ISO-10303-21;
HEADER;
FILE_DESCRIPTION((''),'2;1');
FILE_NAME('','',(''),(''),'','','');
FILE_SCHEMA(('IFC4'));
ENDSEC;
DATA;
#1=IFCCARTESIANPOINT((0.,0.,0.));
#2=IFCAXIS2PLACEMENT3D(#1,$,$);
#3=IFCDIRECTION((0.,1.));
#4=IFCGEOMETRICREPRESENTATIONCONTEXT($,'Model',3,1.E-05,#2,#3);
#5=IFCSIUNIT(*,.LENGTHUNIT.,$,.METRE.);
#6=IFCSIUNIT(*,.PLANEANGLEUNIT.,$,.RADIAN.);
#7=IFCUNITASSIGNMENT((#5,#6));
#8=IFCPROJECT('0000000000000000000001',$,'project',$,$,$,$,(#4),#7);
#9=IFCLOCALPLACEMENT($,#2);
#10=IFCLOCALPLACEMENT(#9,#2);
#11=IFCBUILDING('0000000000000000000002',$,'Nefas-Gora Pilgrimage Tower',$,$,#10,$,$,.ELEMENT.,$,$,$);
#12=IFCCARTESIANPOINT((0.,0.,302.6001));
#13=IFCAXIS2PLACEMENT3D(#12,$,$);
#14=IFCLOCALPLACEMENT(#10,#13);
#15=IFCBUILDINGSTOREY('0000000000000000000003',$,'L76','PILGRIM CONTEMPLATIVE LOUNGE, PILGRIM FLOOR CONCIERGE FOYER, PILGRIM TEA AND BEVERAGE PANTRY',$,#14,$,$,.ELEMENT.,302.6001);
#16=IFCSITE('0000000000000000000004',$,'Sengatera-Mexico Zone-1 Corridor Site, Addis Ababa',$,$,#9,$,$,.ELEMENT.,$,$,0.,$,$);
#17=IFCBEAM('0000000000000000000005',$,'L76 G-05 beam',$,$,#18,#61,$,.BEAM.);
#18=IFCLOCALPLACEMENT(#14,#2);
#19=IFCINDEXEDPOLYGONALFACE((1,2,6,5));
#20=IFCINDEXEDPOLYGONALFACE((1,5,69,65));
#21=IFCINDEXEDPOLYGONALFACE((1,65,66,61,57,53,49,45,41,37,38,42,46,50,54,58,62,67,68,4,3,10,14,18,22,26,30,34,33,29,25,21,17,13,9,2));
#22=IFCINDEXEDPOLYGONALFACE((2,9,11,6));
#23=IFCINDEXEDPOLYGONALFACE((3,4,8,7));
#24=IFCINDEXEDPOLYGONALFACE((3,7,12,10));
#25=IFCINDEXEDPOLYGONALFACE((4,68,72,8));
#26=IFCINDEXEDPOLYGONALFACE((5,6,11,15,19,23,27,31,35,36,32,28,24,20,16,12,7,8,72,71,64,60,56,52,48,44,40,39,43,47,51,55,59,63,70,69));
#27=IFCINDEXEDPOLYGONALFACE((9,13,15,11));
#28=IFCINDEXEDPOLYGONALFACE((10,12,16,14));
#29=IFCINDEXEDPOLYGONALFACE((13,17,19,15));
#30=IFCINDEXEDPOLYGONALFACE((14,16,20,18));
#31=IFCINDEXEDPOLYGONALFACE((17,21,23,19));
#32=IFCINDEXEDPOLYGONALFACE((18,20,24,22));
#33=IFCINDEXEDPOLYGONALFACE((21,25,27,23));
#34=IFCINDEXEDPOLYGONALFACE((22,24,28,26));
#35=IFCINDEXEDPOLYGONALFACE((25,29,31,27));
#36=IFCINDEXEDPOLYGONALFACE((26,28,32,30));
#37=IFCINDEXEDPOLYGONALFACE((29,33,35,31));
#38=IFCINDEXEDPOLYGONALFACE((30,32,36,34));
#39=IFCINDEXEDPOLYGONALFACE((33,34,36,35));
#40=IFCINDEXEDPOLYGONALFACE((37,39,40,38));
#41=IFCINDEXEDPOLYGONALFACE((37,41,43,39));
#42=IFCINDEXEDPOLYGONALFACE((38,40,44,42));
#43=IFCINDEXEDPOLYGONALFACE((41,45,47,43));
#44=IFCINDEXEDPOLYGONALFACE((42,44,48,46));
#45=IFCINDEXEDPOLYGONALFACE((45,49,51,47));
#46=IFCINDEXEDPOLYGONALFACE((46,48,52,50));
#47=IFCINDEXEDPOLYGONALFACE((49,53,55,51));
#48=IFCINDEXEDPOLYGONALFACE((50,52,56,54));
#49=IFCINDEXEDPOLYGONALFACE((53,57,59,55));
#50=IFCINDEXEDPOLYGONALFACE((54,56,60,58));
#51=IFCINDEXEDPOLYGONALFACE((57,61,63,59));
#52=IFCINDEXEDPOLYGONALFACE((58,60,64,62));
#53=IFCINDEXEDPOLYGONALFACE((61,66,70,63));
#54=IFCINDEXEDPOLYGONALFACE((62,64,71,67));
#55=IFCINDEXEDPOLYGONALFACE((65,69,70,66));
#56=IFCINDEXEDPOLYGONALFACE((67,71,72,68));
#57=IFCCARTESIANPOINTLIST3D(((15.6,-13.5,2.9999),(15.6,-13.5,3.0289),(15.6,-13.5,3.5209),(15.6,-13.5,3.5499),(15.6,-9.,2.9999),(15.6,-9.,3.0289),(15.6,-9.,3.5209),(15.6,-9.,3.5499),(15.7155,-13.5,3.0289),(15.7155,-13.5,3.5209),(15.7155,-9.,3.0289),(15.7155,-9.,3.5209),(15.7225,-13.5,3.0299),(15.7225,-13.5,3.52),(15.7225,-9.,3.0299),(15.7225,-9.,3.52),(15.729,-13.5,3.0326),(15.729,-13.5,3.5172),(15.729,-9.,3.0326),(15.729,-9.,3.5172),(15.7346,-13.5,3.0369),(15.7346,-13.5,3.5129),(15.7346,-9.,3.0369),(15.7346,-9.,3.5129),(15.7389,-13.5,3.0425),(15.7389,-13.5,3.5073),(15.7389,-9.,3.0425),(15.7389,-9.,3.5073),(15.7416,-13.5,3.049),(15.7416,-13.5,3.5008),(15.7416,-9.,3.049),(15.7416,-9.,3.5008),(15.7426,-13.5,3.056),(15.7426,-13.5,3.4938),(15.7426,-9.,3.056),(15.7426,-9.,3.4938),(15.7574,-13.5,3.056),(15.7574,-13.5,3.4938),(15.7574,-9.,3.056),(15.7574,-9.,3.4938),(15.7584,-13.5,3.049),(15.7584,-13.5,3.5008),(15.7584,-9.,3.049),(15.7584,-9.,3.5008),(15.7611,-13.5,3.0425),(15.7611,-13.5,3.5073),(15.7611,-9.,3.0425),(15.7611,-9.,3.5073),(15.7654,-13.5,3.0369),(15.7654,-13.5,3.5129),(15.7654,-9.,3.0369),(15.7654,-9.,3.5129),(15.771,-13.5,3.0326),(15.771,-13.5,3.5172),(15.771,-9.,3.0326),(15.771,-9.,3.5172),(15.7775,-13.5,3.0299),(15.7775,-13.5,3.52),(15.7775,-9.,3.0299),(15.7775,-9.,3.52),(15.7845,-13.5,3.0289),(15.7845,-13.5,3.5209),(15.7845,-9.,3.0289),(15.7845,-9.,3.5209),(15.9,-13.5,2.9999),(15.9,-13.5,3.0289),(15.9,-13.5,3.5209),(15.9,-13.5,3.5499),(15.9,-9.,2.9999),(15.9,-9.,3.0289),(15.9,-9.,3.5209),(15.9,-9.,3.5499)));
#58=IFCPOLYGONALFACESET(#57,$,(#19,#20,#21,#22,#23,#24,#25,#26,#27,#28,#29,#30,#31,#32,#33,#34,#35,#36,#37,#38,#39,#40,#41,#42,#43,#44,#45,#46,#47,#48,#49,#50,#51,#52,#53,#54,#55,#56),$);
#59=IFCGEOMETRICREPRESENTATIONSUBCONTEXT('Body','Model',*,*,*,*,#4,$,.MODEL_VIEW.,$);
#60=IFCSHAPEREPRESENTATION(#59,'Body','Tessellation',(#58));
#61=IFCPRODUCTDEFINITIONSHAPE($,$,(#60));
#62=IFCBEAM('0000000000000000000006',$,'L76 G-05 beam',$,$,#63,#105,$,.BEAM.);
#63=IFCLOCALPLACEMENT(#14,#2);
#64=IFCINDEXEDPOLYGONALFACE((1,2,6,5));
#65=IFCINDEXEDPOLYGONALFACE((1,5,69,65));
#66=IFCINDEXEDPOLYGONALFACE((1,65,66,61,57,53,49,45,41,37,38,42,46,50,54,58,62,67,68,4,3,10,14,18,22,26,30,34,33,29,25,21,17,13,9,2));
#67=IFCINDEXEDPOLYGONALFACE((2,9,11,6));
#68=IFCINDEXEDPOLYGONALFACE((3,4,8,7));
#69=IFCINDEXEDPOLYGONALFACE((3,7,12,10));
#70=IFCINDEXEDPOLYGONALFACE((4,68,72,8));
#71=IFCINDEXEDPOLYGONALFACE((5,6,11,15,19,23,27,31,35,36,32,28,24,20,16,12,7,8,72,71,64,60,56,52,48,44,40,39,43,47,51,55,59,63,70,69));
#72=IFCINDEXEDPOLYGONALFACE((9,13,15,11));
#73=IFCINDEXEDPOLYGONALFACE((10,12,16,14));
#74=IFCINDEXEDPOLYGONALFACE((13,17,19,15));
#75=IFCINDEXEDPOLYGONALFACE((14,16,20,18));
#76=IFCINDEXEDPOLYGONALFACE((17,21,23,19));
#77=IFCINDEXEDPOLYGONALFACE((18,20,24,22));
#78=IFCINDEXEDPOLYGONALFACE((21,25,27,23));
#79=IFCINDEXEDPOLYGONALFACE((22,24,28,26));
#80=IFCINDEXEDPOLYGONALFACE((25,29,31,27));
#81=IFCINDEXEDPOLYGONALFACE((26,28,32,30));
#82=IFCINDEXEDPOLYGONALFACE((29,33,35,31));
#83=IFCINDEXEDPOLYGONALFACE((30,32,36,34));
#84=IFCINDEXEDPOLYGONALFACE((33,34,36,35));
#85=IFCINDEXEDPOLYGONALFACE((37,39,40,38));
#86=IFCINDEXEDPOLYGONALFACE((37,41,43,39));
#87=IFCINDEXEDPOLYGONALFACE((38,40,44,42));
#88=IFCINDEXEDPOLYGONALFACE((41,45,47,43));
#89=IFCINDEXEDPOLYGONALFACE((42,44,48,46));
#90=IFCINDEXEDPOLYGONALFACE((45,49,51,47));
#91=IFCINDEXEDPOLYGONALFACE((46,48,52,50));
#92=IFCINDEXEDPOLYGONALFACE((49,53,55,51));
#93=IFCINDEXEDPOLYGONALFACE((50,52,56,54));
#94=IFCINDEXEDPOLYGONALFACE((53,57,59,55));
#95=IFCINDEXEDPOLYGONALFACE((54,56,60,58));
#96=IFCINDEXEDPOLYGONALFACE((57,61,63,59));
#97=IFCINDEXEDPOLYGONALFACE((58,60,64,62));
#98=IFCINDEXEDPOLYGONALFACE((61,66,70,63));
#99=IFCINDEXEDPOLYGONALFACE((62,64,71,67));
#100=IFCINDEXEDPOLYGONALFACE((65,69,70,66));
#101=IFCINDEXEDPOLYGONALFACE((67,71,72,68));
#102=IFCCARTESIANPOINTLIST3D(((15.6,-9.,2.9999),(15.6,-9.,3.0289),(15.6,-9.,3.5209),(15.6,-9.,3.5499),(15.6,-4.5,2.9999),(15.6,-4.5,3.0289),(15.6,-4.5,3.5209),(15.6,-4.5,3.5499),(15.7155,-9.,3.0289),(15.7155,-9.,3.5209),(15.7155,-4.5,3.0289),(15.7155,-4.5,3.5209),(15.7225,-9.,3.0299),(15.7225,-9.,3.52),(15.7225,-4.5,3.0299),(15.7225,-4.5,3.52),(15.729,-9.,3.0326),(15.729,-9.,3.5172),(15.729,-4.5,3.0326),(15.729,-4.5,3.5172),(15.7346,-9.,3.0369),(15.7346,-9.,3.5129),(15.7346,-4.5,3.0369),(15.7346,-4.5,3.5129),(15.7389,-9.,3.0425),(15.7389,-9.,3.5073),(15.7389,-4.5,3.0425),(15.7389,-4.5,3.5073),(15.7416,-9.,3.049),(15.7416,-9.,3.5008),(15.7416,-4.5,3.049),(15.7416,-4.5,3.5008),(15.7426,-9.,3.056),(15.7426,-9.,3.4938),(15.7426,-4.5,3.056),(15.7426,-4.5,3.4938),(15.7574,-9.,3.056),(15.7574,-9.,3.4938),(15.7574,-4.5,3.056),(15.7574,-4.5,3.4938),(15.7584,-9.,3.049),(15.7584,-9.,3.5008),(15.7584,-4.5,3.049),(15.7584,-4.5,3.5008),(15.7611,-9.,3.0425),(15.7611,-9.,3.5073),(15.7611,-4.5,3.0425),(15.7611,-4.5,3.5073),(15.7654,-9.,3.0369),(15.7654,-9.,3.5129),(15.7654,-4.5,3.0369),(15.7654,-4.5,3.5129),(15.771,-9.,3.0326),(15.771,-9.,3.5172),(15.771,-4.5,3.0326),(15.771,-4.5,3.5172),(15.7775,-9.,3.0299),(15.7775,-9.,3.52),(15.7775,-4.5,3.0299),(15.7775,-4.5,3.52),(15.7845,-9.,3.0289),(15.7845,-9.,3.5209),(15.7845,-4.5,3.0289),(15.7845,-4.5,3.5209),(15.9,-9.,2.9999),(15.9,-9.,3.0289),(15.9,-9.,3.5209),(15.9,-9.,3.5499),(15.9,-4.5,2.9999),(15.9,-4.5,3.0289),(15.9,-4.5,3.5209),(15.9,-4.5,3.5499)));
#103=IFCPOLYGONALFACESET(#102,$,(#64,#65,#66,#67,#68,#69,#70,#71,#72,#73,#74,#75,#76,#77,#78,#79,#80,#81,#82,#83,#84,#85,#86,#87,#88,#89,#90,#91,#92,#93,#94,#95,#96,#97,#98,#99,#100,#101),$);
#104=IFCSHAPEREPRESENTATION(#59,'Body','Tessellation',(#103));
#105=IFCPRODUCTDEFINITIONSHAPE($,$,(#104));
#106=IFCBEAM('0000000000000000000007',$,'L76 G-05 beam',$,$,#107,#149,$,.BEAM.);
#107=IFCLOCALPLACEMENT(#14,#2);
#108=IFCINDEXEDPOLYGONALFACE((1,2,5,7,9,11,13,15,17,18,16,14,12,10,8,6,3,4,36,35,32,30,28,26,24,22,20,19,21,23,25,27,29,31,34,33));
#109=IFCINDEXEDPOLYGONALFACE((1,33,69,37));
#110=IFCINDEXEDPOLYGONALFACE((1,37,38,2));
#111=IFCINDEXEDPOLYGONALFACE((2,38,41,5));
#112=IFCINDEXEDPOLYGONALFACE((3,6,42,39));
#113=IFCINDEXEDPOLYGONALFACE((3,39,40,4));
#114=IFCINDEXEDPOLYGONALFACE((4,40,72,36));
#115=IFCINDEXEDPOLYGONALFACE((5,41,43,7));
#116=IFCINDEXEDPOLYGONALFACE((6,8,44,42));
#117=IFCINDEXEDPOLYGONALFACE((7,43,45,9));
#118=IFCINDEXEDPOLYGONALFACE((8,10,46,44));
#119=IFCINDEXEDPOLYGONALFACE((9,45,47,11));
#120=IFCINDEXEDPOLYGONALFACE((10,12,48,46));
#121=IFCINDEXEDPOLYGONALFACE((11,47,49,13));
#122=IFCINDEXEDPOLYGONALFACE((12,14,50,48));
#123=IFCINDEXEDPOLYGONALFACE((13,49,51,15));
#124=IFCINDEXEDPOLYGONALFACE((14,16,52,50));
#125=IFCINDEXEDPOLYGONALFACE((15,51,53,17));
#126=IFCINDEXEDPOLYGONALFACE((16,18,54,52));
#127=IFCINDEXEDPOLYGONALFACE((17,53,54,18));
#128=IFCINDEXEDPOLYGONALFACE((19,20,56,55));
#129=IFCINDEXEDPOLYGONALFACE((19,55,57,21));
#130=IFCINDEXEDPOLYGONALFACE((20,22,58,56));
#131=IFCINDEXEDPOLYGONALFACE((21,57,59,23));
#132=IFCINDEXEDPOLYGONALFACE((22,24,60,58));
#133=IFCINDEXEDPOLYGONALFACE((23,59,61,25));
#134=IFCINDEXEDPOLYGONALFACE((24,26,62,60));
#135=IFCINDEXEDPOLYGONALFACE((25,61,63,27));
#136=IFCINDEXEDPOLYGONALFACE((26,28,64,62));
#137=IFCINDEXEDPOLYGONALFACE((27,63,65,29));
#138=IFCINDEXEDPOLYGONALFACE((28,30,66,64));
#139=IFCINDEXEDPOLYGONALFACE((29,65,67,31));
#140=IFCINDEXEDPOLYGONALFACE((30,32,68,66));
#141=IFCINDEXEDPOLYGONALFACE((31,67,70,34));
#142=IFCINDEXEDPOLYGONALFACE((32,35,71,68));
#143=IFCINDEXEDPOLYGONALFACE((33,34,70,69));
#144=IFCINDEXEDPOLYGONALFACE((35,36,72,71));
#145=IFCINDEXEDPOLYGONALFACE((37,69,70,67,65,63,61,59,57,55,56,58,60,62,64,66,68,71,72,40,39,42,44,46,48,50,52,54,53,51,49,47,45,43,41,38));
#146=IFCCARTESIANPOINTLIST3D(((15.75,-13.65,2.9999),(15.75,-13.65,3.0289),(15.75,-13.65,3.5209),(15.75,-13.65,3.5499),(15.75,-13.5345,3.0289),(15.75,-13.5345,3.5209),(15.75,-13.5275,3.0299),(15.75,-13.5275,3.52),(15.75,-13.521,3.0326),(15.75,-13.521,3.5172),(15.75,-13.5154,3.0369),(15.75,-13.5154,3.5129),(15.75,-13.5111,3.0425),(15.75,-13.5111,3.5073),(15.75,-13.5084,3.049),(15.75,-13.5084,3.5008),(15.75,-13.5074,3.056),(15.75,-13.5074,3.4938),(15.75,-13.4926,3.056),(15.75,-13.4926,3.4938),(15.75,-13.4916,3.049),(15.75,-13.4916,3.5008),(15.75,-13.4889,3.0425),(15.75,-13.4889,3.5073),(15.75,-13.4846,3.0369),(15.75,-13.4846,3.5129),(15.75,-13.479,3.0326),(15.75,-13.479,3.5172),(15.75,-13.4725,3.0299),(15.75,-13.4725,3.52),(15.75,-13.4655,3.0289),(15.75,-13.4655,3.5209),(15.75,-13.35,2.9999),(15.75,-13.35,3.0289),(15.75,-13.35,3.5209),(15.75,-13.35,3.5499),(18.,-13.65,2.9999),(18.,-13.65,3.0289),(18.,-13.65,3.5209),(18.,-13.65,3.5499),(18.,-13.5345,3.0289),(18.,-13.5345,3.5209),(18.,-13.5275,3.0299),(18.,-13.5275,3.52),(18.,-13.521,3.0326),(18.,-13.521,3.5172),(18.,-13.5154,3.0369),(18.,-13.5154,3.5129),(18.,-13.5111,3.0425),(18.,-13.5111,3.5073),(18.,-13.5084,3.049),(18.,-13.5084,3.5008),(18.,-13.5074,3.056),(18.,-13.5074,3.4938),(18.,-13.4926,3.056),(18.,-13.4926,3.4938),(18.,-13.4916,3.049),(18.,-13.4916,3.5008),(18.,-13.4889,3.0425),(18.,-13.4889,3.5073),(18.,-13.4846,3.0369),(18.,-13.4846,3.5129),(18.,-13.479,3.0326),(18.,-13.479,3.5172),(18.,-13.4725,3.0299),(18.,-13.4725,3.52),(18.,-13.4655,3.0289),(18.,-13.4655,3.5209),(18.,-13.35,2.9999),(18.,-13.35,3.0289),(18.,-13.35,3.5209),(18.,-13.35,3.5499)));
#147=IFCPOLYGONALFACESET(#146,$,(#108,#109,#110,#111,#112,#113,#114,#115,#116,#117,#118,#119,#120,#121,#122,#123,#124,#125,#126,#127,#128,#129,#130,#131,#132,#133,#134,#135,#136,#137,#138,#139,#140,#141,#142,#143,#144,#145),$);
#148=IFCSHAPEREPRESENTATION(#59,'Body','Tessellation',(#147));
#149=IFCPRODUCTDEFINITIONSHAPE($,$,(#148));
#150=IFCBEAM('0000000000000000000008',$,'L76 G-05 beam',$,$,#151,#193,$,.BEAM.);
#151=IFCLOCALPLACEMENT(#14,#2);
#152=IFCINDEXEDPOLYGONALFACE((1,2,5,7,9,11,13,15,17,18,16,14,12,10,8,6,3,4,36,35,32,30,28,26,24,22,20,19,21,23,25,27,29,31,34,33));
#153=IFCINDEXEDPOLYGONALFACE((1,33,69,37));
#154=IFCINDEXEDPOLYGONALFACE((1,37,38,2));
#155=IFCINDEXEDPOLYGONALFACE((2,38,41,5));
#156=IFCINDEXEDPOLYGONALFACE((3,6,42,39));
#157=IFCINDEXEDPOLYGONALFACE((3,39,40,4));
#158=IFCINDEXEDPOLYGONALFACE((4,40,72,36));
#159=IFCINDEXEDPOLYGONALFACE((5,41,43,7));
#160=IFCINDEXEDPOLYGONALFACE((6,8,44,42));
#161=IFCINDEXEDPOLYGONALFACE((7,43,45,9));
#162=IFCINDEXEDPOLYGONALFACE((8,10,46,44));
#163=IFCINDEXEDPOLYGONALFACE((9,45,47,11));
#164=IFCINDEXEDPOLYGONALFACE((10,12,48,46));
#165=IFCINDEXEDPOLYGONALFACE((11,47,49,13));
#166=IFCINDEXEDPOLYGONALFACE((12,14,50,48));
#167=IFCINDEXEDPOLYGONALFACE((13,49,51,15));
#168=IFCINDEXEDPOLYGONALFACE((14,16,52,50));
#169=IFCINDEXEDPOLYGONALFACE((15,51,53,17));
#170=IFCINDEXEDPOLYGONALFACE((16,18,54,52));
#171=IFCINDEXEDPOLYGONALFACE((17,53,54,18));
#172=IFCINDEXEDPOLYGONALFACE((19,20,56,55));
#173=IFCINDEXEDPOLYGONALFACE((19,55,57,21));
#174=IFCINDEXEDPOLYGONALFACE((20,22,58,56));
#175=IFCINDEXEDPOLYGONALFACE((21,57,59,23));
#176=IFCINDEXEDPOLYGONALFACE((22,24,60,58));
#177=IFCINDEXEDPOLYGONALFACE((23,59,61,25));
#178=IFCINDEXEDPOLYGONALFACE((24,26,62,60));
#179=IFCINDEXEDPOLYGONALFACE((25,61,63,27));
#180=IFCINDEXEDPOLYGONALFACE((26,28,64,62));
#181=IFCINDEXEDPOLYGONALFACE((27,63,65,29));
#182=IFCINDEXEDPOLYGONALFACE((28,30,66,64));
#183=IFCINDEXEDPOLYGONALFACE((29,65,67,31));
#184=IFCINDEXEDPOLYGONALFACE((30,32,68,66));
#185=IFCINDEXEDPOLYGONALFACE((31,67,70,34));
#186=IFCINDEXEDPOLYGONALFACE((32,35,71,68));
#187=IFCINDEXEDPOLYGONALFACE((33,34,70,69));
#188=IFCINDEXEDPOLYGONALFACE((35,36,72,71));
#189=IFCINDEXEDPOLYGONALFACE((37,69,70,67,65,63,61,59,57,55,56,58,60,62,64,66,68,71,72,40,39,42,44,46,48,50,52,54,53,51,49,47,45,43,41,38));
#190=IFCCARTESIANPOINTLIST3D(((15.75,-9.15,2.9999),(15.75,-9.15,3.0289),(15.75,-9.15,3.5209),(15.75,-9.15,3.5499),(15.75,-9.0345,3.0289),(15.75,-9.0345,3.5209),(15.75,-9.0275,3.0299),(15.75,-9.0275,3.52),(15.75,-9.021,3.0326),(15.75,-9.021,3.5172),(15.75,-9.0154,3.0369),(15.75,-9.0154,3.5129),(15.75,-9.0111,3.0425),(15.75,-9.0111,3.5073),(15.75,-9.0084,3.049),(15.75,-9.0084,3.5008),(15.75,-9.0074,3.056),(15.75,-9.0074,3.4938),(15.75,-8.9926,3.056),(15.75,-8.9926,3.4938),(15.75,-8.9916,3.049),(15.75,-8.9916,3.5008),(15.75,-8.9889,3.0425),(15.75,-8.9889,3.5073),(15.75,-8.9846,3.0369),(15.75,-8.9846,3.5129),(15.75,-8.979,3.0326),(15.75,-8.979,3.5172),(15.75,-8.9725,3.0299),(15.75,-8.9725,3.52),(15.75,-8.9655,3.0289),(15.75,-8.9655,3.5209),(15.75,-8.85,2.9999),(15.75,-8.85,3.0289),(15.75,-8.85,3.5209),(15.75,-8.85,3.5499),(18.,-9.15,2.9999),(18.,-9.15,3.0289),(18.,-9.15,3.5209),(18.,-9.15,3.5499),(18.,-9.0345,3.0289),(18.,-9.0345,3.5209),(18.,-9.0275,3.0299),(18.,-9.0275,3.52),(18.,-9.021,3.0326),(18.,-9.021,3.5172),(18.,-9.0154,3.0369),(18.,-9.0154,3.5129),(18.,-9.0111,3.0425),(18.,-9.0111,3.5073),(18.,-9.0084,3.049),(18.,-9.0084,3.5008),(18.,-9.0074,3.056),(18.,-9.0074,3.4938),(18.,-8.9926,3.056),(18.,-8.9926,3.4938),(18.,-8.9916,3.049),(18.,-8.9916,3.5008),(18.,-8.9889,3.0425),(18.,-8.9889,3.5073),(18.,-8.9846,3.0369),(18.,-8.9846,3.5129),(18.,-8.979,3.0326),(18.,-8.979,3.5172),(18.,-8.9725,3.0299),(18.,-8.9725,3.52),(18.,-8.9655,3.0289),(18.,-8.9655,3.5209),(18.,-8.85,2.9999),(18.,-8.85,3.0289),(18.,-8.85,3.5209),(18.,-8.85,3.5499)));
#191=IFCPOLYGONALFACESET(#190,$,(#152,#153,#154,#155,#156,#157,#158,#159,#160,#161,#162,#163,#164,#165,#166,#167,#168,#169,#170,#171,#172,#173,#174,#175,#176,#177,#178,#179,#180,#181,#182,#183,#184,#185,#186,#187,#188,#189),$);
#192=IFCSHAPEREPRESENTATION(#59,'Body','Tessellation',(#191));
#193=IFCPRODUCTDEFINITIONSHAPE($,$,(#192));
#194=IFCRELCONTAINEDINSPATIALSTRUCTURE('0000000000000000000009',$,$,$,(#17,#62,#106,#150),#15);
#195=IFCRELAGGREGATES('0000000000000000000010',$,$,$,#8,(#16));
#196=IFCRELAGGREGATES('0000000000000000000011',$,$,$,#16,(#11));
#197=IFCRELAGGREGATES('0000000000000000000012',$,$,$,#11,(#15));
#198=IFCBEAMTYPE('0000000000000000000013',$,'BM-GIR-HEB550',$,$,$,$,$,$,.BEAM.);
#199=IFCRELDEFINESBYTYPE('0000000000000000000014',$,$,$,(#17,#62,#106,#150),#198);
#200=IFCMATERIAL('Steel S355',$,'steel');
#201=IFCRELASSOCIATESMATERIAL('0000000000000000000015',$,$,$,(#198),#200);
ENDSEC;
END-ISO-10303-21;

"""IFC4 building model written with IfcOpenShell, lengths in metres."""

from ifc_helpers import new_model, si_unit, direction, frame, origin, origin_2d, place, context, subcontext, project, spatial, i_section, extrude, source, transform, mapped, material, material_profile, profile_set, type_object, element, save


model = new_model("IFC4")

# Units and contexts
model_context = context("Model", 3, precision=1e-05, world=origin(), true_north=direction((0.0, 1.0)))
body_context = subcontext(model_context, "Body", "Model", "MODEL_VIEW")
ifc_project = project(units=[si_unit("LENGTHUNIT", "METRE"), si_unit("PLANEANGLEUNIT", "RADIAN")], contexts=[model_context])

# Site, building, storey
site_placement = place(None, origin())
site = spatial("IfcSite", under=ifc_project, at=site_placement, Name="Sengatera-Mexico Zone-1 Corridor Site, Addis Ababa", CompositionType="ELEMENT", RefElevation=0.0)
building_placement = place(site_placement, origin())
building = spatial("IfcBuilding", under=site, at=building_placement, Name="Nefas-Gora Pilgrimage Tower", CompositionType="ELEMENT")
storey_placement = place(building_placement, frame((0.0, 0.0, 302.6001)))
storey = spatial("IfcBuildingStorey", under=building, at=storey_placement, Name="L76", Description="PILGRIM CONTEMPLATIVE LOUNGE, PILGRIM FLOOR CONCIERGE FOYER, PILGRIM TEA AND BEVERAGE PANTRY", CompositionType="ELEMENT", Elevation=302.6001)

# Shared definitions
ifc_material_1 = material(Name="Steel S355", Category="steel")

# Beams
ifc_material_profile_1 = material_profile(ifc_material_1, i_section(OverallWidth=0.3, OverallDepth=0.55, WebThickness=0.0149, FlangeThickness=0.0291, FilletRadius=0.0271, at=origin_2d()), Name="HEB 550")
ifc_profile_set_1 = profile_set([ifc_material_profile_1], Name="Steel S355")
beam_type_1 = type_object("IfcBeamType", Name="BM-GIR-HEB550", PredefinedType="BEAM", material=ifc_profile_set_1)
shared_shape_1 = source(origin(), body_context, "Body", "SweptSolid", [
    extrude(i_section(OverallWidth=0.3, OverallDepth=0.55, WebThickness=0.0149, FlangeThickness=0.0291, FilletRadius=0.0271, at=origin_2d()), origin(), (0.0, 0.0, 1.0), 4.5),
])
for number, where, z_axis, x_axis, name in (
    (1, (15.75, -13.5, 3.2749), (0.0, 1.0, 0.0), (-1.0, 0.0, 0.0), "L76 G-05 beam"),
    (2, (15.75, -9.0, 3.2749), (0.0, 1.0, 0.0), (-1.0, 0.0, 0.0), "L76 G-05 beam"),
):
    element("IfcBeam", number, at=place(storey_placement, frame(where, z_axis=z_axis, x_axis=x_axis)), inside=storey, type_object=beam_type_1, Name=name, PredefinedType="BEAM", context=body_context, shape_type="MappedRepresentation", body=[
        mapped(shared_shape_1, transform((0.0, 0.0, 0.0), x_axis=(1.0, 0.0, 0.0), y_axis=(0.0, 1.0, 0.0), z_axis=(0.0, 0.0, 1.0), scale=1.0)),
    ])
shared_shape_2 = source(origin(), body_context, "Body", "SweptSolid", [
    extrude(i_section(OverallWidth=0.3, OverallDepth=0.55, WebThickness=0.0149, FlangeThickness=0.0291, FilletRadius=0.0271, at=origin_2d()), origin(), (0.0, 0.0, 1.0), 2.25),
])
for number, where, z_axis, x_axis, name in (
    (3, (15.75, -13.5, 3.2749), (1.0, 0.0, 0.0), (0.0, 1.0, 0.0), "L76 G-05 beam"),
    (4, (15.75, -9.0, 3.2749), (1.0, 0.0, 0.0), (0.0, 1.0, 0.0), "L76 G-05 beam"),
):
    element("IfcBeam", number, at=place(storey_placement, frame(where, z_axis=z_axis, x_axis=x_axis)), inside=storey, type_object=beam_type_1, Name=name, PredefinedType="BEAM", context=body_context, shape_type="MappedRepresentation", body=[
        mapped(shared_shape_2, transform((0.0, 0.0, 0.0), x_axis=(1.0, 0.0, 0.0), y_axis=(0.0, 1.0, 0.0), z_axis=(0.0, 0.0, 1.0), scale=1.0)),
    ])

save(model, "model.ifc")
